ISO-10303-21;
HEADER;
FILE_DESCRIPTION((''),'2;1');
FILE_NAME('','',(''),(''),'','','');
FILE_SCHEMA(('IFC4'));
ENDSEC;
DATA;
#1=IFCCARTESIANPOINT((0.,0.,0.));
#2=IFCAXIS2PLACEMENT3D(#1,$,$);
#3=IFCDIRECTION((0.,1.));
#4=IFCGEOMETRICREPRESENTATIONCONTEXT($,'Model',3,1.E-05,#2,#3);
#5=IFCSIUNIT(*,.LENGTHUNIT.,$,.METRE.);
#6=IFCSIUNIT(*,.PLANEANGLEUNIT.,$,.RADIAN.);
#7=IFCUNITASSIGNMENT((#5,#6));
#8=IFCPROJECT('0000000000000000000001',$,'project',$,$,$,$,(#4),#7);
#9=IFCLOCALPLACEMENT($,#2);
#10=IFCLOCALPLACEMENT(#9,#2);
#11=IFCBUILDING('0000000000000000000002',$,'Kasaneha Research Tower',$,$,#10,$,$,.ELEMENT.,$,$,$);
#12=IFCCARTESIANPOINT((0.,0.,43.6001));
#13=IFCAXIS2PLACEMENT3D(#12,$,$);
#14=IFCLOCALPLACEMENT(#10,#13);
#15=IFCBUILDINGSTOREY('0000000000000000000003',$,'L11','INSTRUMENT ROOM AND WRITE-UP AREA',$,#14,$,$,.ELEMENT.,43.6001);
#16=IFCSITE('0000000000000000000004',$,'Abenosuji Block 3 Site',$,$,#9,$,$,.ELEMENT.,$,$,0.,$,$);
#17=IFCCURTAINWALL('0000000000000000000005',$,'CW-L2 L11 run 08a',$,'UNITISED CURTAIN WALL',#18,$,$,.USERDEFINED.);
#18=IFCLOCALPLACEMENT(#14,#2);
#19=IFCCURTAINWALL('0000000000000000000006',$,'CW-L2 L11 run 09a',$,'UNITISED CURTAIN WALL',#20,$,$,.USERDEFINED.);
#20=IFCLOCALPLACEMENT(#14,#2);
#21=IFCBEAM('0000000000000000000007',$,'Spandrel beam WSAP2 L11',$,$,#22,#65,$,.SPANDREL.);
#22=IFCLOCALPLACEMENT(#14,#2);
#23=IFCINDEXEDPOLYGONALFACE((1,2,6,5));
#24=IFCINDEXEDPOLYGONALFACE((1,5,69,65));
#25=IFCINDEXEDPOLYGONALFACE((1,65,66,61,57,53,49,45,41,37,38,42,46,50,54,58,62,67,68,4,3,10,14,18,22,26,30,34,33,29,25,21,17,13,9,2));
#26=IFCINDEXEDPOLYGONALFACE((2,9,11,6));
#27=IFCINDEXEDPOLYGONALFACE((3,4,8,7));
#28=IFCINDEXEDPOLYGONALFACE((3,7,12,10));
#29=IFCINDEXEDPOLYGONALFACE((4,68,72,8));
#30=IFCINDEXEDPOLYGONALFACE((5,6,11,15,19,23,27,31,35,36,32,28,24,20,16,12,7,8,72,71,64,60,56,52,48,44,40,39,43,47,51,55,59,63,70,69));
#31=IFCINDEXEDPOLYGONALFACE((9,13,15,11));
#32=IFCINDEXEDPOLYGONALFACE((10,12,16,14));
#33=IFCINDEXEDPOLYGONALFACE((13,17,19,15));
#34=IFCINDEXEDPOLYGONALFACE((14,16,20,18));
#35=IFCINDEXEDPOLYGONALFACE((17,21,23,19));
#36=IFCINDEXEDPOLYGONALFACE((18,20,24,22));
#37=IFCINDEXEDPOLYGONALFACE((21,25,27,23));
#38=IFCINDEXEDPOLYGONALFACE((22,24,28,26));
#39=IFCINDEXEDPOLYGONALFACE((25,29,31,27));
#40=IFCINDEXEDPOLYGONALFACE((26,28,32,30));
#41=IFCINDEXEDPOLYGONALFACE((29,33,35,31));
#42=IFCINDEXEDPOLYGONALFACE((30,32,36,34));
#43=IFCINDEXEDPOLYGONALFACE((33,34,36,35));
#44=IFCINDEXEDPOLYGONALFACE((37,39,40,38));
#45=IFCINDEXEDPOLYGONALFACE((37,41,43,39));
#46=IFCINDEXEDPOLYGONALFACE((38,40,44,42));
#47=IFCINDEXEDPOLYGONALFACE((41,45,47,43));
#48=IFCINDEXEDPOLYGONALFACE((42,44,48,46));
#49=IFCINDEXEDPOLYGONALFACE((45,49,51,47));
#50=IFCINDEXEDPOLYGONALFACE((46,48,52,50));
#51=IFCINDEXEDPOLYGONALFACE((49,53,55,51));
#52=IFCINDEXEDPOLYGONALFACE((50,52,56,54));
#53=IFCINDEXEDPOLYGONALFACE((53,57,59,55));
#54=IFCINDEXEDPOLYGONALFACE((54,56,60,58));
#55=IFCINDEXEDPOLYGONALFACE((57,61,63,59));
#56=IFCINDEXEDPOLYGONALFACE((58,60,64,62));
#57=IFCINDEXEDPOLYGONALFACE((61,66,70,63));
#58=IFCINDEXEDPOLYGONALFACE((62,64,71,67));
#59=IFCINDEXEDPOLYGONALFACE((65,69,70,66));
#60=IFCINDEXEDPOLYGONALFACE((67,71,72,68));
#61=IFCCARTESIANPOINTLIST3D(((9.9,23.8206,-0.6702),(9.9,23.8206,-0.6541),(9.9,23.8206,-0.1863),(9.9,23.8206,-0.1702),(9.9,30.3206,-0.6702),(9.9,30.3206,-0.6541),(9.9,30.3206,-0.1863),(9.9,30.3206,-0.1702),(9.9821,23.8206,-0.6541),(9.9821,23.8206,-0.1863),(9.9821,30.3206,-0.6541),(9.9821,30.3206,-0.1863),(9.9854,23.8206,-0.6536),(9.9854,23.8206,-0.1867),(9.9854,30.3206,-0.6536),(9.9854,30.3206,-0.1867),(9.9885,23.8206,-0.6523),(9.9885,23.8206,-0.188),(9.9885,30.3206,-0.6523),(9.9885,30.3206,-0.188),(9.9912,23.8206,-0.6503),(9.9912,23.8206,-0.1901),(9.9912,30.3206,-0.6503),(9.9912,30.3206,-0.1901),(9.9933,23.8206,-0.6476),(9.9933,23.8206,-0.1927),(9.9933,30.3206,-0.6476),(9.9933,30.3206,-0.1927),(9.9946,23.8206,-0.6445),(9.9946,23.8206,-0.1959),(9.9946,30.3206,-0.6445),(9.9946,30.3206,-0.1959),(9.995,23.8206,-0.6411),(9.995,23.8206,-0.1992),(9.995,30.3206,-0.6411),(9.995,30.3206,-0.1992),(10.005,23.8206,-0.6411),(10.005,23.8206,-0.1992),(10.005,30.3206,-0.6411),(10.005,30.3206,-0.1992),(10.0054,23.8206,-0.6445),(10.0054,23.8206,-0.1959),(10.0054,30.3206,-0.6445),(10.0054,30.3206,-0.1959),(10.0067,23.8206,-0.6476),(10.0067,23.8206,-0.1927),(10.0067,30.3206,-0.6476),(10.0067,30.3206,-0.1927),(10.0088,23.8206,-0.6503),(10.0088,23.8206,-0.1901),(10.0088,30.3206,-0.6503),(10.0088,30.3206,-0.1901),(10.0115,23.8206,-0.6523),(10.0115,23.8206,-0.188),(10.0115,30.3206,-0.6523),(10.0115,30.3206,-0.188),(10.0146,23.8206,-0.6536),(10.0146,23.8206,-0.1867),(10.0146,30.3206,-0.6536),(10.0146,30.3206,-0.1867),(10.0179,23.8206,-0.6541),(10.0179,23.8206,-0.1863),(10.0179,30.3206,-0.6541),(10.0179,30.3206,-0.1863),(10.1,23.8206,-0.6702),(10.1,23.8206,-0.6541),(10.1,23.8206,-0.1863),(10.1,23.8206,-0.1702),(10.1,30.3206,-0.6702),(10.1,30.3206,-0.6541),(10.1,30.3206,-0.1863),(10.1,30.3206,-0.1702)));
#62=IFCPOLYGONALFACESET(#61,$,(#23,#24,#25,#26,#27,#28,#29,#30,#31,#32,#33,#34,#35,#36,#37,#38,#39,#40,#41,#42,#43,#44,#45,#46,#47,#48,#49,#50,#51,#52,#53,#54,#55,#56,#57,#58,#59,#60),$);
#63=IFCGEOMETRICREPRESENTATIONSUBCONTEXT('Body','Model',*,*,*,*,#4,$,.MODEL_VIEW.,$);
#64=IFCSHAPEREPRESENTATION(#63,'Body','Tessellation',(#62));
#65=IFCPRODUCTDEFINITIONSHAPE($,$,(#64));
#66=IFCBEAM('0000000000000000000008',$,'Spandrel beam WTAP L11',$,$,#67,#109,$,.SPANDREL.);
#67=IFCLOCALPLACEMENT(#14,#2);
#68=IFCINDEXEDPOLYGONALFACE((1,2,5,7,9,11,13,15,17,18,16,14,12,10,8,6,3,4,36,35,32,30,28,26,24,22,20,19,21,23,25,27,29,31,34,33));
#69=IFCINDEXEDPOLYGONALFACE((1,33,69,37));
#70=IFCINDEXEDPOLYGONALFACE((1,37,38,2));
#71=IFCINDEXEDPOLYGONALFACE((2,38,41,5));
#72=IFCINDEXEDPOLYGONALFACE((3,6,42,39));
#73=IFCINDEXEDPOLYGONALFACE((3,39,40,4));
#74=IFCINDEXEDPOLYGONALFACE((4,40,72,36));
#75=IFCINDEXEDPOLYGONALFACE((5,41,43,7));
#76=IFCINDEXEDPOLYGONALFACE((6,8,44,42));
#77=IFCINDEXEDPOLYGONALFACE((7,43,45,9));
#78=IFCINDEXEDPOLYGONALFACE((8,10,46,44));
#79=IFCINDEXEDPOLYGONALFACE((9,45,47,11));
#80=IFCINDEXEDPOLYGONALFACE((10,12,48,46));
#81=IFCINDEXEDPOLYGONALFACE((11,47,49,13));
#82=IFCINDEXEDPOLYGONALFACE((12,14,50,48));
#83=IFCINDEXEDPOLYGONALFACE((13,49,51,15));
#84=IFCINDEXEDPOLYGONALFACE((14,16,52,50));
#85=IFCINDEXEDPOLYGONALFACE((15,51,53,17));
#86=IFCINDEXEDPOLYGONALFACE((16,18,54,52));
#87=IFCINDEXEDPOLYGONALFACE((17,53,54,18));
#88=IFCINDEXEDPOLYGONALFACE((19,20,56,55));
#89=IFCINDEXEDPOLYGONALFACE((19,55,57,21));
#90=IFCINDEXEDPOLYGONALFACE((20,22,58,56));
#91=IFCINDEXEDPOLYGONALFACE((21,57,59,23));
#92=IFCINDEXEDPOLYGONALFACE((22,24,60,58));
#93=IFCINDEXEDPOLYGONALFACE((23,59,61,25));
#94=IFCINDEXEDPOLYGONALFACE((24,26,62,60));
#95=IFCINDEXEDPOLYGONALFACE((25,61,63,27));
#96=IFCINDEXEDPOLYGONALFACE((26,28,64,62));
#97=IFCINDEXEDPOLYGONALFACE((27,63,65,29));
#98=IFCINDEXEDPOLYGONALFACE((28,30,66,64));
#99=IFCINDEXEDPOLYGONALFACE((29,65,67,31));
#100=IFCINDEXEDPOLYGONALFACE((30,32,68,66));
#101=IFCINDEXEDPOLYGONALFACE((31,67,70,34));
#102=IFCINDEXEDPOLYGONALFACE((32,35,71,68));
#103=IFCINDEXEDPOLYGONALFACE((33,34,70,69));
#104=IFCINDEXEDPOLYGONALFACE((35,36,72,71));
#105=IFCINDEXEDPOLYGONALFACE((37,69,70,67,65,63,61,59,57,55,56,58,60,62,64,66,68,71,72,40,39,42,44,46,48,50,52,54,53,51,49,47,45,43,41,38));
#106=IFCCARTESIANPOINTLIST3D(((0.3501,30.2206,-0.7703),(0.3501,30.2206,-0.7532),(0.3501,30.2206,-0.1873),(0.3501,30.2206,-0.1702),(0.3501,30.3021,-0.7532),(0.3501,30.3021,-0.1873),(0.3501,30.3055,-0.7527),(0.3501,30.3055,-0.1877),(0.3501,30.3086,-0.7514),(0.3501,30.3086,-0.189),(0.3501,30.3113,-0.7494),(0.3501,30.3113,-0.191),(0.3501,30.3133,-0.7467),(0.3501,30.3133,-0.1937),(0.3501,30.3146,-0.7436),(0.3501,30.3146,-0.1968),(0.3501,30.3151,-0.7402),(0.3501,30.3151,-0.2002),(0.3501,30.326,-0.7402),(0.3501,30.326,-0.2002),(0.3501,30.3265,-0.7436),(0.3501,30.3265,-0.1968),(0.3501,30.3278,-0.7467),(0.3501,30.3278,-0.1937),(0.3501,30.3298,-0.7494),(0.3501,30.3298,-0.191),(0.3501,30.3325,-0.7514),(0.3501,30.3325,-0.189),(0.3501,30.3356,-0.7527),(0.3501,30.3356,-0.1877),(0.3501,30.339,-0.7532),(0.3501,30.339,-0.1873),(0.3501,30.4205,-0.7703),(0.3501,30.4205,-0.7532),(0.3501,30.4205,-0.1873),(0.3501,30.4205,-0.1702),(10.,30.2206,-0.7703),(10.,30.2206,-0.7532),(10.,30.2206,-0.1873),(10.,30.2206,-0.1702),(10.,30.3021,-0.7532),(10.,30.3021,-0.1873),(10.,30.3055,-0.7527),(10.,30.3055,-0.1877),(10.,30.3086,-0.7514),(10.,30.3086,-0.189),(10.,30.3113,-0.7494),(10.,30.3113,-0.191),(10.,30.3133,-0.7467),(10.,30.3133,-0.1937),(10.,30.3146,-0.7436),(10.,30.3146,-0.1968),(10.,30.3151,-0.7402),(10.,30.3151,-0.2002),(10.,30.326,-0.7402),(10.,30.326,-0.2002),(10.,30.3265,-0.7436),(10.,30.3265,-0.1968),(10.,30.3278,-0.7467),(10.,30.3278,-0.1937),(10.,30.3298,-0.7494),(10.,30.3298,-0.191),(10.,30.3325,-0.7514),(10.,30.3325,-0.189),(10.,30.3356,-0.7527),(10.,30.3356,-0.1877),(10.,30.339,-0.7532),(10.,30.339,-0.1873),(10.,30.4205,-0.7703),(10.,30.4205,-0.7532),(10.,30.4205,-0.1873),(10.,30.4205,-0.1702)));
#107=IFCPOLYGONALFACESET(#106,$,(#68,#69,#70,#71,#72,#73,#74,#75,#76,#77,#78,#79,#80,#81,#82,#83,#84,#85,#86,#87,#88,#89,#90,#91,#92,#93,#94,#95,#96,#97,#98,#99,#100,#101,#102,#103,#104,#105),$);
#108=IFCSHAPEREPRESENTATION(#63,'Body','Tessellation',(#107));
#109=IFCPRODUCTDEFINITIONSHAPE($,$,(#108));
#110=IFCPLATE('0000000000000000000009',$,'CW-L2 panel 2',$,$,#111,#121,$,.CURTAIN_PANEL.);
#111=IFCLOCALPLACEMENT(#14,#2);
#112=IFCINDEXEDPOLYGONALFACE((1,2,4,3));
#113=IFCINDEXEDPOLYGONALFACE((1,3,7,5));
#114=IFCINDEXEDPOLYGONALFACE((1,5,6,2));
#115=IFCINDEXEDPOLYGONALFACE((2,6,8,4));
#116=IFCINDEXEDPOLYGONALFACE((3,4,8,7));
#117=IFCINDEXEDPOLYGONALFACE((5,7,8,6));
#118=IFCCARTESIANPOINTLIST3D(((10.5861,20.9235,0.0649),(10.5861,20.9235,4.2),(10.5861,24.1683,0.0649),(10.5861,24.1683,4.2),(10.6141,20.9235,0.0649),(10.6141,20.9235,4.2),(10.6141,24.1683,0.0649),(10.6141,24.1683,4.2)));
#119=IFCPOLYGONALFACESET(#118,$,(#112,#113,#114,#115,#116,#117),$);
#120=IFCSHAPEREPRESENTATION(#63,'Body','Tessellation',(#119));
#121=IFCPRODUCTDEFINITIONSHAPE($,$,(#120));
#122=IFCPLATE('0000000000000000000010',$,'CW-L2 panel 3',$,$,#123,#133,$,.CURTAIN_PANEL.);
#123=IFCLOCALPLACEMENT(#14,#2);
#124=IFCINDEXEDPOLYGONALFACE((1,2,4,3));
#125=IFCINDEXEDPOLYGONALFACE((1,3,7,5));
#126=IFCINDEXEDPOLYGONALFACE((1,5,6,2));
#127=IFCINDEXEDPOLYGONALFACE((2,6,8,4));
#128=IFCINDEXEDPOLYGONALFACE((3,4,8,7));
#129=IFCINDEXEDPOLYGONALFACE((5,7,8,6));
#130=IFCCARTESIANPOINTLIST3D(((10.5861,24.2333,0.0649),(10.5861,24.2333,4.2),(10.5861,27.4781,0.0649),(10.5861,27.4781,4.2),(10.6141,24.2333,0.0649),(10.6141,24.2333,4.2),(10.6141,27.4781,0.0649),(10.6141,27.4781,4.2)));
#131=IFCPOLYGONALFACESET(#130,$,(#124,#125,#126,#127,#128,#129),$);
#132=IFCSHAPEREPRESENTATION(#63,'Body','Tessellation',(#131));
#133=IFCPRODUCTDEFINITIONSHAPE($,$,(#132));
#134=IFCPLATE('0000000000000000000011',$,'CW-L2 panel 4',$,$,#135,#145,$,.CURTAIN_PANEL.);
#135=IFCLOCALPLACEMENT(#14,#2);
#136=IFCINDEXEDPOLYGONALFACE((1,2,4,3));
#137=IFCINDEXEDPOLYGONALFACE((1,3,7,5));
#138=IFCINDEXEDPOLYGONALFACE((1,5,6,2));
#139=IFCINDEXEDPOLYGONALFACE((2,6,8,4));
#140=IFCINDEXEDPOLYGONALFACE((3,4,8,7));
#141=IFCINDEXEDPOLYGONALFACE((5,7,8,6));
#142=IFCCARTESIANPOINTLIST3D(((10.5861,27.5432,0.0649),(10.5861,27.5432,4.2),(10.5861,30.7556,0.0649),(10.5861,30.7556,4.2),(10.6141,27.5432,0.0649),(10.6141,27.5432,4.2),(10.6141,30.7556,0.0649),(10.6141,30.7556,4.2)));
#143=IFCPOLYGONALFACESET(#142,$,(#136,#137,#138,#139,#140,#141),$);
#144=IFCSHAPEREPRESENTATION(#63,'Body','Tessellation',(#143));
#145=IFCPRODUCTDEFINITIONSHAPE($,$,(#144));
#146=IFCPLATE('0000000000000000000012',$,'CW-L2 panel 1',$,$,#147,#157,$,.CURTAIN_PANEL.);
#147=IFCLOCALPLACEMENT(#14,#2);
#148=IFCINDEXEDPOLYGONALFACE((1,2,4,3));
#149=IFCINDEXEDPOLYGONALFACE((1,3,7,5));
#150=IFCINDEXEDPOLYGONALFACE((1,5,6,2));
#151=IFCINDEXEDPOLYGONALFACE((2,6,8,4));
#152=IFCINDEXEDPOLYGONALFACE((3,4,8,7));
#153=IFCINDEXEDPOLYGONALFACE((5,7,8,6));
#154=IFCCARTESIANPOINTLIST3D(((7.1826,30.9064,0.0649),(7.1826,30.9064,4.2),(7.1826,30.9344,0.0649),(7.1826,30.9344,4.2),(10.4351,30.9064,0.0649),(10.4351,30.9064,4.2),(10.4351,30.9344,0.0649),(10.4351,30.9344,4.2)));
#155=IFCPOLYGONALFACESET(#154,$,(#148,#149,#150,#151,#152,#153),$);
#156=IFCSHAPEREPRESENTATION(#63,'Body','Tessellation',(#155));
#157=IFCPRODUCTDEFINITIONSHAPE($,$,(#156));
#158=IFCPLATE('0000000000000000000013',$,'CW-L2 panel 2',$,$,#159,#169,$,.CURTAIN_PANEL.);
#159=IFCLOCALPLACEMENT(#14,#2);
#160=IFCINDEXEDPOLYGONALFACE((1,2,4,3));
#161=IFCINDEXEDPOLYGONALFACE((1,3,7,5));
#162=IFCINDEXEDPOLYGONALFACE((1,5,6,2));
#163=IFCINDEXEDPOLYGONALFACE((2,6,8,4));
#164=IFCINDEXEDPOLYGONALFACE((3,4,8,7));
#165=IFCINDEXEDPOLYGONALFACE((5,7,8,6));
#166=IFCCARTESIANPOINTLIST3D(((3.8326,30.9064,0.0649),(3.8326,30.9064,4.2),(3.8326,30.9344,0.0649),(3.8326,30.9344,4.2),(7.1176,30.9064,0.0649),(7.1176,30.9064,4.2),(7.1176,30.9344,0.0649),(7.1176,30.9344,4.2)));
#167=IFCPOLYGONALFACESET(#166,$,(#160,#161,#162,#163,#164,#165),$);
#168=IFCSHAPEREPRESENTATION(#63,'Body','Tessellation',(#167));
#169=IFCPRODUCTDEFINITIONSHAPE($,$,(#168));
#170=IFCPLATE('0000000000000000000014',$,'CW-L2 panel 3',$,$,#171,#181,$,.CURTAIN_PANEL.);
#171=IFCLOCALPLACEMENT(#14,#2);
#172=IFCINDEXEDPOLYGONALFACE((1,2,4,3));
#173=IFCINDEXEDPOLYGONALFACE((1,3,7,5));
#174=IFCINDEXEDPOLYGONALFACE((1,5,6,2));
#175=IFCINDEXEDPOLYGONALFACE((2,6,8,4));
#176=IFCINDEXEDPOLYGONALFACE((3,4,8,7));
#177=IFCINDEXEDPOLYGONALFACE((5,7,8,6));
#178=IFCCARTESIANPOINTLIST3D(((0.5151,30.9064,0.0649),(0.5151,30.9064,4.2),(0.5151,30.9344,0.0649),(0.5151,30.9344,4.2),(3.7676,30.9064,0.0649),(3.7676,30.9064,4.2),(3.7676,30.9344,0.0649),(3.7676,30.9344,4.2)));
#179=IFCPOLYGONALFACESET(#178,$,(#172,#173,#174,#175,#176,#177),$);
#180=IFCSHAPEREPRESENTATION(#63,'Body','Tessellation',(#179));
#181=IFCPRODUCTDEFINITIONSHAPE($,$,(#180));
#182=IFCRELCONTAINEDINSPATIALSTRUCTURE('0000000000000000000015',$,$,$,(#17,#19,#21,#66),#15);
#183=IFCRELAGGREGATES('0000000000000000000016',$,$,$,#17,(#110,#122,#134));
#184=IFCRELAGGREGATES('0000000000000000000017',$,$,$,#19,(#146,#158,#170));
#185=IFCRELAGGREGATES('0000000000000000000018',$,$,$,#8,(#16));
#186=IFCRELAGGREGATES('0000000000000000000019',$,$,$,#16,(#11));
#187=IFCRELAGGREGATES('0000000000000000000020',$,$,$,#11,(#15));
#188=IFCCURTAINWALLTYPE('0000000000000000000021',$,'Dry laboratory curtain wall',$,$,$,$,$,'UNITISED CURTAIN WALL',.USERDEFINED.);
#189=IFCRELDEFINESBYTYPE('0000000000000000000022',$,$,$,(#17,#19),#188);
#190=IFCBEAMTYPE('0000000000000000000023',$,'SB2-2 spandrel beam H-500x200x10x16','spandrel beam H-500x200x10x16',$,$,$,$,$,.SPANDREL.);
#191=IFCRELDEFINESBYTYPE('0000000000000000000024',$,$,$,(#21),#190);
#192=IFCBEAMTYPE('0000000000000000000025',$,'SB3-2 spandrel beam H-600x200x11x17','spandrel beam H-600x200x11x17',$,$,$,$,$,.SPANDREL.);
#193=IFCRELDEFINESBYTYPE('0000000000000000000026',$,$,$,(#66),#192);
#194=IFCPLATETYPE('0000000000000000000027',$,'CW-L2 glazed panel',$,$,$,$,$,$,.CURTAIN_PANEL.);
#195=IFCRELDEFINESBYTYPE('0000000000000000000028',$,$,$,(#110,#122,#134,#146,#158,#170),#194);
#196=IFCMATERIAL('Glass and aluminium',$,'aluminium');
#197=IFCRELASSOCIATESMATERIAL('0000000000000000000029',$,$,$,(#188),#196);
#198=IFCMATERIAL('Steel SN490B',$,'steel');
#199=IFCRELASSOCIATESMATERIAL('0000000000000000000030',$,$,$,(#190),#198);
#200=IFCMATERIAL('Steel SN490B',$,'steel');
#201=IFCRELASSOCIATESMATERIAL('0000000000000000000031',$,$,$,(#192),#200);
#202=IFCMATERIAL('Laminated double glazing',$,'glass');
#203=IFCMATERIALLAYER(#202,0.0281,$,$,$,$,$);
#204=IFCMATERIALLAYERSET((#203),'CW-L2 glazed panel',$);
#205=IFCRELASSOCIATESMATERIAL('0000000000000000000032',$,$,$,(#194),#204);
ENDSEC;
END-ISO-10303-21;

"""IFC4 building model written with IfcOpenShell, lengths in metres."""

from ifc_helpers import new_model, si_unit, direction, frame, origin, origin_2d, place, context, subcontext, project, spatial, rectangle, i_section, extrude, material, layer, layer_set, material_profile, profile_set, type_object, element, aggregate, save


model = new_model("IFC4")

# Units and contexts
model_context = context("Model", 3, precision=1e-05, world=origin(), true_north=direction((0.0, 1.0)))
body_context = subcontext(model_context, "Body", "Model", "MODEL_VIEW")
ifc_project = project(units=[si_unit("LENGTHUNIT", "METRE"), si_unit("PLANEANGLEUNIT", "RADIAN")], contexts=[model_context])

# Site, building, storey
site_placement = place(None, origin())
site = spatial("IfcSite", under=ifc_project, at=site_placement, Name="Abenosuji Block 3 Site", CompositionType="ELEMENT", RefElevation=0.0)
building_placement = place(site_placement, origin())
building = spatial("IfcBuilding", under=site, at=building_placement, Name="Kasaneha Research Tower", CompositionType="ELEMENT")
storey_placement = place(building_placement, frame((0.0, 0.0, 43.6001)))
storey = spatial("IfcBuildingStorey", under=building, at=storey_placement, Name="L11", Description="INSTRUMENT ROOM AND WRITE-UP AREA", CompositionType="ELEMENT", Elevation=43.6001)

# Curtain walls
ifc_material_1 = material(Name="Glass and aluminium", Category="aluminium")
curtain_wall_type = type_object("IfcCurtainWallType", Name="Dry laboratory curtain wall", ElementType="UNITISED CURTAIN WALL", PredefinedType="USERDEFINED", material=ifc_material_1)
curtain_wall_1_placement = place(storey_placement, origin())
curtain_wall_1 = element("IfcCurtainWall", 1, at=curtain_wall_1_placement, inside=storey, type_object=curtain_wall_type, Name="CW-L2 L11 run 08a", ObjectType="UNITISED CURTAIN WALL", PredefinedType="USERDEFINED")
curtain_wall_2_placement = place(storey_placement, origin())
curtain_wall_2 = element("IfcCurtainWall", 2, at=curtain_wall_2_placement, inside=storey, type_object=curtain_wall_type, Name="CW-L2 L11 run 09a", ObjectType="UNITISED CURTAIN WALL", PredefinedType="USERDEFINED")

# Beams
ifc_material_2 = material(Name="Steel SN490B", Category="steel")
ifc_material_profile_1 = material_profile(ifc_material_2, i_section(OverallWidth=0.2, OverallDepth=0.5, WebThickness=0.01, FlangeThickness=0.0161, FilletRadius=0.0129, at=origin_2d()), Name="H-500x200x10x16")
ifc_profile_set_1 = profile_set([ifc_material_profile_1], Name="Steel SN490B")
beam_type_1 = type_object("IfcBeamType", Name="SB2-2 spandrel beam H-500x200x10x16", Description="spandrel beam H-500x200x10x16", PredefinedType="SPANDREL", material=ifc_profile_set_1)
beam_1_placement = place(storey_placement, frame((10.0, 23.8206, -0.4202), z_axis=(0.0, 1.0, 0.0), x_axis=(-1.0, 0.0, 0.0)))
element("IfcBeam", 3, at=beam_1_placement, inside=storey, type_object=beam_type_1, Name="Spandrel beam WSAP2 L11", PredefinedType="SPANDREL", context=body_context, shape_type="SweptSolid", body=[
    extrude(i_section(OverallWidth=0.2, OverallDepth=0.5, WebThickness=0.01, FlangeThickness=0.0161, FilletRadius=0.0129, at=origin_2d()), origin(), (0.0, 0.0, 1.0), 6.5),
])
ifc_material_3 = material(Name="Steel SN490B", Category="steel")
ifc_material_profile_2 = material_profile(ifc_material_3, i_section(OverallWidth=0.2, OverallDepth=0.6001, WebThickness=0.011, FlangeThickness=0.0171, FilletRadius=0.0129, at=origin_2d()), Name="H-600x200x11x17")
ifc_profile_set_2 = profile_set([ifc_material_profile_2], Name="Steel SN490B")
beam_type_2 = type_object("IfcBeamType", Name="SB3-2 spandrel beam H-600x200x11x17", Description="spandrel beam H-600x200x11x17", PredefinedType="SPANDREL", material=ifc_profile_set_2)
beam_2_placement = place(storey_placement, frame((10.0, 30.3206, -0.4702), z_axis=(-1.0, 0.0, 0.0), x_axis=(0.0, -1.0, 0.0)))
element("IfcBeam", 4, at=beam_2_placement, inside=storey, type_object=beam_type_2, Name="Spandrel beam WTAP L11", PredefinedType="SPANDREL", context=body_context, shape_type="SweptSolid", body=[
    extrude(i_section(OverallWidth=0.2, OverallDepth=0.6001, WebThickness=0.011, FlangeThickness=0.0171, FilletRadius=0.0129, at=origin_2d()), origin(), (0.0, 0.0, 1.0), 9.6499),
])

# Plates
ifc_material_4 = material(Name="Laminated double glazing", Category="glass")
ifc_layer_1 = layer(ifc_material_4, 0.0281)
ifc_layer_set_1 = layer_set([ifc_layer_1], Name="CW-L2 glazed panel")
plate_type = type_object("IfcPlateType", Name="CW-L2 glazed panel", PredefinedType="CURTAIN_PANEL", material=ifc_layer_set_1)
plate_1_placement = place(storey_placement, frame((10.6001, 22.5459, 0.0649), z_axis=(0.0, 0.0, 1.0), x_axis=(0.0, 1.0, 0.0)))
plate_1 = element("IfcPlate", 5, at=plate_1_placement, type_object=plate_type, Name="CW-L2 panel 2", PredefinedType="CURTAIN_PANEL", context=body_context, shape_type="SweptSolid", body=[
    extrude(rectangle(XDim=3.2449, YDim=0.0281, at=origin_2d()), origin(), (0.0, 0.0, 1.0), 4.135),
])
plate_2_placement = place(storey_placement, frame((10.6001, 25.8557, 0.0649), z_axis=(0.0, 0.0, 1.0), x_axis=(0.0, 1.0, 0.0)))
plate_2 = element("IfcPlate", 6, at=plate_2_placement, type_object=plate_type, Name="CW-L2 panel 3", PredefinedType="CURTAIN_PANEL", context=body_context, shape_type="SweptSolid", body=[
    extrude(rectangle(XDim=3.2449, YDim=0.0281, at=origin_2d()), origin(), (0.0, 0.0, 1.0), 4.135),
])
plate_3_placement = place(storey_placement, frame((10.6001, 29.1494, 0.0649), z_axis=(0.0, 0.0, 1.0), x_axis=(0.0, 1.0, 0.0)))
plate_3 = element("IfcPlate", 7, at=plate_3_placement, type_object=plate_type, Name="CW-L2 panel 4", PredefinedType="CURTAIN_PANEL", context=body_context, shape_type="SweptSolid", body=[
    extrude(rectangle(XDim=3.2124, YDim=0.0281, at=origin_2d()), origin(), (0.0, 0.0, 1.0), 4.135),
])
aggregate(curtain_wall_1, [plate_1, plate_2, plate_3])
plate_4_placement = place(storey_placement, frame((8.8088, 30.9204, 0.0649), z_axis=(0.0, 0.0, 1.0), x_axis=(-1.0, 0.0, 0.0)))
plate_4 = element("IfcPlate", 8, at=plate_4_placement, type_object=plate_type, Name="CW-L2 panel 1", PredefinedType="CURTAIN_PANEL", context=body_context, shape_type="SweptSolid", body=[
    extrude(rectangle(XDim=3.2524, YDim=0.0281, at=origin_2d()), origin(), (0.0, 0.0, 1.0), 4.135),
])
plate_5_placement = place(storey_placement, frame((5.4751, 30.9204, 0.0649), z_axis=(0.0, 0.0, 1.0), x_axis=(-1.0, 0.0, 0.0)))
plate_5 = element("IfcPlate", 9, at=plate_5_placement, type_object=plate_type, Name="CW-L2 panel 2", PredefinedType="CURTAIN_PANEL", context=body_context, shape_type="SweptSolid", body=[
    extrude(rectangle(XDim=3.2849, YDim=0.0281, at=origin_2d()), origin(), (0.0, 0.0, 1.0), 4.135),
])
plate_6_placement = place(storey_placement, frame((2.1414, 30.9204, 0.0649), z_axis=(0.0, 0.0, 1.0), x_axis=(-1.0, 0.0, 0.0)))
plate_6 = element("IfcPlate", 10, at=plate_6_placement, type_object=plate_type, Name="CW-L2 panel 3", PredefinedType="CURTAIN_PANEL", context=body_context, shape_type="SweptSolid", body=[
    extrude(rectangle(XDim=3.2524, YDim=0.0281, at=origin_2d()), origin(), (0.0, 0.0, 1.0), 4.135),
])
aggregate(curtain_wall_2, [plate_4, plate_5, plate_6])

save(model, "model.ifc")
